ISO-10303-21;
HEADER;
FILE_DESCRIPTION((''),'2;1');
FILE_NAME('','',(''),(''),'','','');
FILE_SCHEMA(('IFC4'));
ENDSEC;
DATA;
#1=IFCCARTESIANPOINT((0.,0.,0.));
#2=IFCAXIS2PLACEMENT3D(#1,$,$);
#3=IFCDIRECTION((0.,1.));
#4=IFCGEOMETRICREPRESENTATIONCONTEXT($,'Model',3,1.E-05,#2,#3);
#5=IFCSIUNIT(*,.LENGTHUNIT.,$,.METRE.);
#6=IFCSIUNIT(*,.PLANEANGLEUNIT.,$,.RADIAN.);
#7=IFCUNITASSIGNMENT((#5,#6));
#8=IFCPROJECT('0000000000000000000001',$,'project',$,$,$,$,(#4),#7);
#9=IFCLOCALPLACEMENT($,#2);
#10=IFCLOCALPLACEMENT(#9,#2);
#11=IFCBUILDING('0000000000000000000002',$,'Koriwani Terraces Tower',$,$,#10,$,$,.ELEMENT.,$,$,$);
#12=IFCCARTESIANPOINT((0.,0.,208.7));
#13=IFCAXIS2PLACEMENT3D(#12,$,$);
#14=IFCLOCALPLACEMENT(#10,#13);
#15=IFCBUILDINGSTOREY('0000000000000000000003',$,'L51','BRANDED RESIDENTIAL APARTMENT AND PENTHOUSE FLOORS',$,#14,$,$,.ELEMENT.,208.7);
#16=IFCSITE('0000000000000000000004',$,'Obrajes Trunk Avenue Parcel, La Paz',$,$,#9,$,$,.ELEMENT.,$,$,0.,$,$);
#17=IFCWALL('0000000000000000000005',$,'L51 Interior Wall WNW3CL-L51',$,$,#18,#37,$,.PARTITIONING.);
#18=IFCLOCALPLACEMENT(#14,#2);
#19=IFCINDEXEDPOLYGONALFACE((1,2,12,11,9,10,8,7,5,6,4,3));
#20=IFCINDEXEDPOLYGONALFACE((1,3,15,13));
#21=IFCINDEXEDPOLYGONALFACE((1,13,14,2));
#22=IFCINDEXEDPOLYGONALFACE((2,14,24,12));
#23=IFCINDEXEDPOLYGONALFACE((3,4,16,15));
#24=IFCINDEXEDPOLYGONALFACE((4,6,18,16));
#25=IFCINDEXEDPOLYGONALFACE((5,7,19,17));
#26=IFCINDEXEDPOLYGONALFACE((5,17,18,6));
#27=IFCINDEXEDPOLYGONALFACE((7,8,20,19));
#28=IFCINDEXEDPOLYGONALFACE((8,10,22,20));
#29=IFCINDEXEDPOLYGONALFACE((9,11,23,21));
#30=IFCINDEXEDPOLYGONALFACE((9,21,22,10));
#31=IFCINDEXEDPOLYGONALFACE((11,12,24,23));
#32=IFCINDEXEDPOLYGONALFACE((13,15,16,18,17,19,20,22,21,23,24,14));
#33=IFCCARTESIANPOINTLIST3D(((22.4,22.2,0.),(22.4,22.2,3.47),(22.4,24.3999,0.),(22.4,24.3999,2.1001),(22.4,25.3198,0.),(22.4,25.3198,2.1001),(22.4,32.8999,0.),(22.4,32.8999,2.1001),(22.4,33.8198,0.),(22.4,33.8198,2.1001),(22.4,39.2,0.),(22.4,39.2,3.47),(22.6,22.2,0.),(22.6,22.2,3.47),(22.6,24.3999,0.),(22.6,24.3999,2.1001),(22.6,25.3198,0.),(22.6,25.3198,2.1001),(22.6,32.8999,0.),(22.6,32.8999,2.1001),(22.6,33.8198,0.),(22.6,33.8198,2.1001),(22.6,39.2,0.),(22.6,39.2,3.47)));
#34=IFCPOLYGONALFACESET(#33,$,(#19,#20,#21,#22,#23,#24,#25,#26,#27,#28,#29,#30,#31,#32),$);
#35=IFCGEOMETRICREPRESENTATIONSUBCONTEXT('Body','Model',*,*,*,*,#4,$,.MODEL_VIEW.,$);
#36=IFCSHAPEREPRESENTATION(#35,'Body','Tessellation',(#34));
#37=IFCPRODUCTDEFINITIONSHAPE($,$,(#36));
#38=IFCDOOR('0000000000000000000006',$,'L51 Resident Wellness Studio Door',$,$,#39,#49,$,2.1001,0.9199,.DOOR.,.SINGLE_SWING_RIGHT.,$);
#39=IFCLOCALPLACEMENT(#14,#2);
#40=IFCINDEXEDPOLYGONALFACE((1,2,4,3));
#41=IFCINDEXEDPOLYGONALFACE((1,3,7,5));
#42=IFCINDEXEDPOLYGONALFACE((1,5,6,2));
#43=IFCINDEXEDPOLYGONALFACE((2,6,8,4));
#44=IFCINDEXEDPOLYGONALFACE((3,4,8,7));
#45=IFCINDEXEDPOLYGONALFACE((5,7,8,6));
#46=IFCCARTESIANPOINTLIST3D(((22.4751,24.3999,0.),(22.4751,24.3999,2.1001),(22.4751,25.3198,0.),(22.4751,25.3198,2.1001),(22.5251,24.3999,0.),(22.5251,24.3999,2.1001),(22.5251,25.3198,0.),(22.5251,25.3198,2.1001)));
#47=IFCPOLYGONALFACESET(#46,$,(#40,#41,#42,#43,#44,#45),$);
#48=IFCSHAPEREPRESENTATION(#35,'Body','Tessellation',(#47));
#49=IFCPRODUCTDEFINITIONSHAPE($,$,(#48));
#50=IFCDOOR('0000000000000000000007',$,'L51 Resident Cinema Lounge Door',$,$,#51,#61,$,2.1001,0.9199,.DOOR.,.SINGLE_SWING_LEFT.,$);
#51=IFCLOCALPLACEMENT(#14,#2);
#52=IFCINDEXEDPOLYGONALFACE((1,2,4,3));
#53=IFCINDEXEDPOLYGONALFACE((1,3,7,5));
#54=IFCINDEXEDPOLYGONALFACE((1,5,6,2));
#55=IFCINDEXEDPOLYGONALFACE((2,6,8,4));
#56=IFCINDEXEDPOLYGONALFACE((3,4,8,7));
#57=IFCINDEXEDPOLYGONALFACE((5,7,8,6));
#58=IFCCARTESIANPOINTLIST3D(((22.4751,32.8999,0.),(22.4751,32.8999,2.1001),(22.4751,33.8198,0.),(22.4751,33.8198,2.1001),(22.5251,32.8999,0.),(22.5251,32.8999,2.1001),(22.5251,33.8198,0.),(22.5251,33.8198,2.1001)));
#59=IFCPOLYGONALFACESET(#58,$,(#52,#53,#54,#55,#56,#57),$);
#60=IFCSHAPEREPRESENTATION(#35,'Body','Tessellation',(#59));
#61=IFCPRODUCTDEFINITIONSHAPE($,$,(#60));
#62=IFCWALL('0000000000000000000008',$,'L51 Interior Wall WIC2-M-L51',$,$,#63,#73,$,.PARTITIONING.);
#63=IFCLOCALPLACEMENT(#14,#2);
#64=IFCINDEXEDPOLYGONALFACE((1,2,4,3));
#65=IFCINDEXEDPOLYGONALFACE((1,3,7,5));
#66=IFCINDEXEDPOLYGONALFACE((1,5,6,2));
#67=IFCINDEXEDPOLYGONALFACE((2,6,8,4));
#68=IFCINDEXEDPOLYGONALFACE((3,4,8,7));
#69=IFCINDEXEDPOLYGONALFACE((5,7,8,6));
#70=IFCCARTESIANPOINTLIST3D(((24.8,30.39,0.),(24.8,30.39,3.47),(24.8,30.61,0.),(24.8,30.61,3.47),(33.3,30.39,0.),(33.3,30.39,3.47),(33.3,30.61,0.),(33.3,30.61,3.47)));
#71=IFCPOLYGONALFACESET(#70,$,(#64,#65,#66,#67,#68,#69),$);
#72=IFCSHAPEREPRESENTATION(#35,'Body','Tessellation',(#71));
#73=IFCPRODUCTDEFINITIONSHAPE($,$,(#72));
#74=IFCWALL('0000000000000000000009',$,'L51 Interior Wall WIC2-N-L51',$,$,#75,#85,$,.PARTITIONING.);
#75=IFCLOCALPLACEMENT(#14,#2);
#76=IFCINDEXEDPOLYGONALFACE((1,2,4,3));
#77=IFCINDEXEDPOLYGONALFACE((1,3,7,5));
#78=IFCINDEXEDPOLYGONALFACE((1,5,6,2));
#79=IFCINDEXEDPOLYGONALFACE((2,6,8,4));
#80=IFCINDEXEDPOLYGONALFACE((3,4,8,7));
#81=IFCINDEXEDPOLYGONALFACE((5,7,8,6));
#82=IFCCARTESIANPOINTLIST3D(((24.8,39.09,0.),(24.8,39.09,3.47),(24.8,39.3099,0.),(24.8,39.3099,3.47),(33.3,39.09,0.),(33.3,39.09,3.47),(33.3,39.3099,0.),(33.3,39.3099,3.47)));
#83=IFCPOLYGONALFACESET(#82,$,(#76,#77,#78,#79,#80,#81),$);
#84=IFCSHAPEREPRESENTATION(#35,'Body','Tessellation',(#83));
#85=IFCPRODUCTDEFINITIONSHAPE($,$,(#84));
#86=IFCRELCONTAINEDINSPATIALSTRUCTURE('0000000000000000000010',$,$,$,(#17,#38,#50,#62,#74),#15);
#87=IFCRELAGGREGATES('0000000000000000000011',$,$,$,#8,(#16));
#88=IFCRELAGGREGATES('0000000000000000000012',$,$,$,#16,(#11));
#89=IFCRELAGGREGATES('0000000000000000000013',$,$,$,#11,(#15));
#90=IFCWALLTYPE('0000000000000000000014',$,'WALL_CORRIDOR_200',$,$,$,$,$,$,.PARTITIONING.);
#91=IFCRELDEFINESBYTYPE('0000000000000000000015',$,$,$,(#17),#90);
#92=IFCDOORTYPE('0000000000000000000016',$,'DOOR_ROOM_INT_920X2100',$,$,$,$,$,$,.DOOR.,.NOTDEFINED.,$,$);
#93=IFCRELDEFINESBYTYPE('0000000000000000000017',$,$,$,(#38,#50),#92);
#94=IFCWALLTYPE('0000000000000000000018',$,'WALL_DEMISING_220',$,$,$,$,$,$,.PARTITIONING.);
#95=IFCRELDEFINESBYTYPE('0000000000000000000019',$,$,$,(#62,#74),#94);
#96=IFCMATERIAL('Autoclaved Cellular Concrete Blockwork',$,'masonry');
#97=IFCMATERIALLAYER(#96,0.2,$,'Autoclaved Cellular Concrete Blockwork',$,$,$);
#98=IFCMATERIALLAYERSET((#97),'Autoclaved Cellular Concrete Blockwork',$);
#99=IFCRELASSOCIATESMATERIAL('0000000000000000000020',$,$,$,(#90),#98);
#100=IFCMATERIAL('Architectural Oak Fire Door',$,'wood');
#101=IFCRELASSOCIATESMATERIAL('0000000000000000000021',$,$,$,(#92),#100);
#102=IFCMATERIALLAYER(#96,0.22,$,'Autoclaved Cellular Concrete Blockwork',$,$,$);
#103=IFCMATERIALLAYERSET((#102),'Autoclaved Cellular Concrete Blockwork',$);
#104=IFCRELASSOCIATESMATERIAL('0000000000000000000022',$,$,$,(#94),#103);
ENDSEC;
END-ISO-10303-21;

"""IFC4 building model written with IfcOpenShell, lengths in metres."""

from ifc_helpers import new_model, si_unit, direction, frame, frame_2d, origin, place, context, subcontext, project, spatial, rectangle, extrude, material, layer, layer_set, type_object, element, fill, save


model = new_model("IFC4")

# Units and contexts
model_context = context("Model", 3, precision=1e-05, world=origin(), true_north=direction((0.0, 1.0)))
body_context = subcontext(model_context, "Body", "Model", "MODEL_VIEW")
ifc_project = project(units=[si_unit("LENGTHUNIT", "METRE"), si_unit("PLANEANGLEUNIT", "RADIAN")], contexts=[model_context])

# Site, building, storey
site_placement = place(None, origin())
site = spatial("IfcSite", under=ifc_project, at=site_placement, Name="Obrajes Trunk Avenue Parcel, La Paz", CompositionType="ELEMENT", RefElevation=0.0)
building_placement = place(site_placement, origin())
building = spatial("IfcBuilding", under=site, at=building_placement, Name="Koriwani Terraces Tower", CompositionType="ELEMENT")
storey_placement = place(building_placement, frame((0.0, 0.0, 208.7)))
storey = spatial("IfcBuildingStorey", under=building, at=storey_placement, Name="L51", Description="BRANDED RESIDENTIAL APARTMENT AND PENTHOUSE FLOORS", CompositionType="ELEMENT", Elevation=208.7)

# Shared definitions
ifc_material_1 = material(Name="Autoclaved Cellular Concrete Blockwork", Category="masonry")
ifc_layer_1 = layer(ifc_material_1, 0.2, Name="Autoclaved Cellular Concrete Blockwork")
ifc_layer_set_1 = layer_set([ifc_layer_1], Name="Autoclaved Cellular Concrete Blockwork")
wall_type_1 = type_object("IfcWallType", Name="WALL_CORRIDOR_200", PredefinedType="PARTITIONING", material=ifc_layer_set_1)
ifc_material_2 = material(Name="Architectural Oak Fire Door", Category="wood")
door_type = type_object("IfcDoorType", Name="DOOR_ROOM_INT_920X2100", OperationType="NOTDEFINED", PredefinedType="DOOR", material=ifc_material_2)

# Wall, openings, doors
wall_1_placement = place(storey_placement, frame((22.5, 22.2, 0.0), z_axis=(0.0, 0.0, 1.0), x_axis=(0.0, 1.0, 0.0)))
wall_1 = element("IfcWall", 1, at=wall_1_placement, inside=storey, type_object=wall_type_1, Name="L51 Interior Wall WNW3CL-L51", PredefinedType="PARTITIONING", context=body_context, shape_type="SweptSolid", body=[
    extrude(rectangle(XDim=17.0, YDim=0.2, at=frame_2d((8.5, 0.0))), origin(), (0.0, 0.0, 1.0), 3.47),
])
opening_1_placement = place(wall_1_placement, frame((2.2, 0.0, 0.0)))
opening_1 = element("IfcOpeningElement", 2, at=opening_1_placement, cuts=wall_1, PredefinedType="OPENING", context=body_context, shape_type="SweptSolid", body=[
    extrude(rectangle(XDim=0.9199, YDim=2.1001, at=frame_2d((0.46, 1.05))), frame((0.0, 0.1099, 0.0), z_axis=(0.0, -1.0, 0.0), x_axis=(1.0, 0.0, 0.0)), (0.0, 0.0, 1.0), 0.22),
])
opening_2_placement = place(wall_1_placement, frame((10.7, 0.0, 0.0)))
opening_2 = element("IfcOpeningElement", 3, at=opening_2_placement, cuts=wall_1, PredefinedType="OPENING", context=body_context, shape_type="SweptSolid", body=[
    extrude(rectangle(XDim=0.9199, YDim=2.1001, at=frame_2d((0.46, 1.05))), frame((0.0, 0.1099, 0.0), z_axis=(0.0, -1.0, 0.0), x_axis=(1.0, 0.0, 0.0)), (0.0, 0.0, 1.0), 0.22),
])
door_1_placement = place(opening_1_placement, origin())
door_1 = element("IfcDoor", 4, at=door_1_placement, inside=storey, type_object=door_type, Name="L51 Resident Wellness Studio Door", OperationType="SINGLE_SWING_RIGHT", OverallHeight=2.1001, OverallWidth=0.9199, PredefinedType="DOOR", context=body_context, shape_type="SweptSolid", body=[
    extrude(rectangle(XDim=0.9199, YDim=2.1001, at=frame_2d((0.46, 1.05))), frame((0.0, 0.0249, 0.0), z_axis=(0.0, -1.0, 0.0), x_axis=(1.0, 0.0, 0.0)), (0.0, 0.0, 1.0), 0.05),
])
fill(opening_1, door_1)
door_2_placement = place(opening_2_placement, origin())
door_2 = element("IfcDoor", 5, at=door_2_placement, inside=storey, type_object=door_type, Name="L51 Resident Cinema Lounge Door", OperationType="SINGLE_SWING_LEFT", OverallHeight=2.1001, OverallWidth=0.9199, PredefinedType="DOOR", context=body_context, shape_type="SweptSolid", body=[
    extrude(rectangle(XDim=0.9199, YDim=2.1001, at=frame_2d((0.46, 1.05))), frame((0.0, 0.0249, 0.0), z_axis=(0.0, -1.0, 0.0), x_axis=(1.0, 0.0, 0.0)), (0.0, 0.0, 1.0), 0.05),
])
fill(opening_2, door_2)

# Walls
ifc_layer_2 = layer(ifc_material_1, 0.22, Name="Autoclaved Cellular Concrete Blockwork")
ifc_layer_set_2 = layer_set([ifc_layer_2], Name="Autoclaved Cellular Concrete Blockwork")
wall_type_2 = type_object("IfcWallType", Name="WALL_DEMISING_220", PredefinedType="PARTITIONING", material=ifc_layer_set_2)
for number, where, z_axis, x_axis, name in (
    (6, (24.8, 30.5, 0.0), (0.0, 0.0, 1.0), (1.0, 0.0, 0.0), "L51 Interior Wall WIC2-M-L51"),
    (7, (24.8, 39.2, 0.0), (0.0, 0.0, 1.0), (1.0, 0.0, 0.0), "L51 Interior Wall WIC2-N-L51"),
):
    element("IfcWall", number, at=place(storey_placement, frame(where, z_axis=z_axis, x_axis=x_axis)), inside=storey, type_object=wall_type_2, Name=name, PredefinedType="PARTITIONING", context=body_context, shape_type="SweptSolid", body=[
        extrude(rectangle(XDim=8.5, YDim=0.22, at=frame_2d((4.25, 0.0))), origin(), (0.0, 0.0, 1.0), 3.47),
    ])

save(model, "model.ifc")
